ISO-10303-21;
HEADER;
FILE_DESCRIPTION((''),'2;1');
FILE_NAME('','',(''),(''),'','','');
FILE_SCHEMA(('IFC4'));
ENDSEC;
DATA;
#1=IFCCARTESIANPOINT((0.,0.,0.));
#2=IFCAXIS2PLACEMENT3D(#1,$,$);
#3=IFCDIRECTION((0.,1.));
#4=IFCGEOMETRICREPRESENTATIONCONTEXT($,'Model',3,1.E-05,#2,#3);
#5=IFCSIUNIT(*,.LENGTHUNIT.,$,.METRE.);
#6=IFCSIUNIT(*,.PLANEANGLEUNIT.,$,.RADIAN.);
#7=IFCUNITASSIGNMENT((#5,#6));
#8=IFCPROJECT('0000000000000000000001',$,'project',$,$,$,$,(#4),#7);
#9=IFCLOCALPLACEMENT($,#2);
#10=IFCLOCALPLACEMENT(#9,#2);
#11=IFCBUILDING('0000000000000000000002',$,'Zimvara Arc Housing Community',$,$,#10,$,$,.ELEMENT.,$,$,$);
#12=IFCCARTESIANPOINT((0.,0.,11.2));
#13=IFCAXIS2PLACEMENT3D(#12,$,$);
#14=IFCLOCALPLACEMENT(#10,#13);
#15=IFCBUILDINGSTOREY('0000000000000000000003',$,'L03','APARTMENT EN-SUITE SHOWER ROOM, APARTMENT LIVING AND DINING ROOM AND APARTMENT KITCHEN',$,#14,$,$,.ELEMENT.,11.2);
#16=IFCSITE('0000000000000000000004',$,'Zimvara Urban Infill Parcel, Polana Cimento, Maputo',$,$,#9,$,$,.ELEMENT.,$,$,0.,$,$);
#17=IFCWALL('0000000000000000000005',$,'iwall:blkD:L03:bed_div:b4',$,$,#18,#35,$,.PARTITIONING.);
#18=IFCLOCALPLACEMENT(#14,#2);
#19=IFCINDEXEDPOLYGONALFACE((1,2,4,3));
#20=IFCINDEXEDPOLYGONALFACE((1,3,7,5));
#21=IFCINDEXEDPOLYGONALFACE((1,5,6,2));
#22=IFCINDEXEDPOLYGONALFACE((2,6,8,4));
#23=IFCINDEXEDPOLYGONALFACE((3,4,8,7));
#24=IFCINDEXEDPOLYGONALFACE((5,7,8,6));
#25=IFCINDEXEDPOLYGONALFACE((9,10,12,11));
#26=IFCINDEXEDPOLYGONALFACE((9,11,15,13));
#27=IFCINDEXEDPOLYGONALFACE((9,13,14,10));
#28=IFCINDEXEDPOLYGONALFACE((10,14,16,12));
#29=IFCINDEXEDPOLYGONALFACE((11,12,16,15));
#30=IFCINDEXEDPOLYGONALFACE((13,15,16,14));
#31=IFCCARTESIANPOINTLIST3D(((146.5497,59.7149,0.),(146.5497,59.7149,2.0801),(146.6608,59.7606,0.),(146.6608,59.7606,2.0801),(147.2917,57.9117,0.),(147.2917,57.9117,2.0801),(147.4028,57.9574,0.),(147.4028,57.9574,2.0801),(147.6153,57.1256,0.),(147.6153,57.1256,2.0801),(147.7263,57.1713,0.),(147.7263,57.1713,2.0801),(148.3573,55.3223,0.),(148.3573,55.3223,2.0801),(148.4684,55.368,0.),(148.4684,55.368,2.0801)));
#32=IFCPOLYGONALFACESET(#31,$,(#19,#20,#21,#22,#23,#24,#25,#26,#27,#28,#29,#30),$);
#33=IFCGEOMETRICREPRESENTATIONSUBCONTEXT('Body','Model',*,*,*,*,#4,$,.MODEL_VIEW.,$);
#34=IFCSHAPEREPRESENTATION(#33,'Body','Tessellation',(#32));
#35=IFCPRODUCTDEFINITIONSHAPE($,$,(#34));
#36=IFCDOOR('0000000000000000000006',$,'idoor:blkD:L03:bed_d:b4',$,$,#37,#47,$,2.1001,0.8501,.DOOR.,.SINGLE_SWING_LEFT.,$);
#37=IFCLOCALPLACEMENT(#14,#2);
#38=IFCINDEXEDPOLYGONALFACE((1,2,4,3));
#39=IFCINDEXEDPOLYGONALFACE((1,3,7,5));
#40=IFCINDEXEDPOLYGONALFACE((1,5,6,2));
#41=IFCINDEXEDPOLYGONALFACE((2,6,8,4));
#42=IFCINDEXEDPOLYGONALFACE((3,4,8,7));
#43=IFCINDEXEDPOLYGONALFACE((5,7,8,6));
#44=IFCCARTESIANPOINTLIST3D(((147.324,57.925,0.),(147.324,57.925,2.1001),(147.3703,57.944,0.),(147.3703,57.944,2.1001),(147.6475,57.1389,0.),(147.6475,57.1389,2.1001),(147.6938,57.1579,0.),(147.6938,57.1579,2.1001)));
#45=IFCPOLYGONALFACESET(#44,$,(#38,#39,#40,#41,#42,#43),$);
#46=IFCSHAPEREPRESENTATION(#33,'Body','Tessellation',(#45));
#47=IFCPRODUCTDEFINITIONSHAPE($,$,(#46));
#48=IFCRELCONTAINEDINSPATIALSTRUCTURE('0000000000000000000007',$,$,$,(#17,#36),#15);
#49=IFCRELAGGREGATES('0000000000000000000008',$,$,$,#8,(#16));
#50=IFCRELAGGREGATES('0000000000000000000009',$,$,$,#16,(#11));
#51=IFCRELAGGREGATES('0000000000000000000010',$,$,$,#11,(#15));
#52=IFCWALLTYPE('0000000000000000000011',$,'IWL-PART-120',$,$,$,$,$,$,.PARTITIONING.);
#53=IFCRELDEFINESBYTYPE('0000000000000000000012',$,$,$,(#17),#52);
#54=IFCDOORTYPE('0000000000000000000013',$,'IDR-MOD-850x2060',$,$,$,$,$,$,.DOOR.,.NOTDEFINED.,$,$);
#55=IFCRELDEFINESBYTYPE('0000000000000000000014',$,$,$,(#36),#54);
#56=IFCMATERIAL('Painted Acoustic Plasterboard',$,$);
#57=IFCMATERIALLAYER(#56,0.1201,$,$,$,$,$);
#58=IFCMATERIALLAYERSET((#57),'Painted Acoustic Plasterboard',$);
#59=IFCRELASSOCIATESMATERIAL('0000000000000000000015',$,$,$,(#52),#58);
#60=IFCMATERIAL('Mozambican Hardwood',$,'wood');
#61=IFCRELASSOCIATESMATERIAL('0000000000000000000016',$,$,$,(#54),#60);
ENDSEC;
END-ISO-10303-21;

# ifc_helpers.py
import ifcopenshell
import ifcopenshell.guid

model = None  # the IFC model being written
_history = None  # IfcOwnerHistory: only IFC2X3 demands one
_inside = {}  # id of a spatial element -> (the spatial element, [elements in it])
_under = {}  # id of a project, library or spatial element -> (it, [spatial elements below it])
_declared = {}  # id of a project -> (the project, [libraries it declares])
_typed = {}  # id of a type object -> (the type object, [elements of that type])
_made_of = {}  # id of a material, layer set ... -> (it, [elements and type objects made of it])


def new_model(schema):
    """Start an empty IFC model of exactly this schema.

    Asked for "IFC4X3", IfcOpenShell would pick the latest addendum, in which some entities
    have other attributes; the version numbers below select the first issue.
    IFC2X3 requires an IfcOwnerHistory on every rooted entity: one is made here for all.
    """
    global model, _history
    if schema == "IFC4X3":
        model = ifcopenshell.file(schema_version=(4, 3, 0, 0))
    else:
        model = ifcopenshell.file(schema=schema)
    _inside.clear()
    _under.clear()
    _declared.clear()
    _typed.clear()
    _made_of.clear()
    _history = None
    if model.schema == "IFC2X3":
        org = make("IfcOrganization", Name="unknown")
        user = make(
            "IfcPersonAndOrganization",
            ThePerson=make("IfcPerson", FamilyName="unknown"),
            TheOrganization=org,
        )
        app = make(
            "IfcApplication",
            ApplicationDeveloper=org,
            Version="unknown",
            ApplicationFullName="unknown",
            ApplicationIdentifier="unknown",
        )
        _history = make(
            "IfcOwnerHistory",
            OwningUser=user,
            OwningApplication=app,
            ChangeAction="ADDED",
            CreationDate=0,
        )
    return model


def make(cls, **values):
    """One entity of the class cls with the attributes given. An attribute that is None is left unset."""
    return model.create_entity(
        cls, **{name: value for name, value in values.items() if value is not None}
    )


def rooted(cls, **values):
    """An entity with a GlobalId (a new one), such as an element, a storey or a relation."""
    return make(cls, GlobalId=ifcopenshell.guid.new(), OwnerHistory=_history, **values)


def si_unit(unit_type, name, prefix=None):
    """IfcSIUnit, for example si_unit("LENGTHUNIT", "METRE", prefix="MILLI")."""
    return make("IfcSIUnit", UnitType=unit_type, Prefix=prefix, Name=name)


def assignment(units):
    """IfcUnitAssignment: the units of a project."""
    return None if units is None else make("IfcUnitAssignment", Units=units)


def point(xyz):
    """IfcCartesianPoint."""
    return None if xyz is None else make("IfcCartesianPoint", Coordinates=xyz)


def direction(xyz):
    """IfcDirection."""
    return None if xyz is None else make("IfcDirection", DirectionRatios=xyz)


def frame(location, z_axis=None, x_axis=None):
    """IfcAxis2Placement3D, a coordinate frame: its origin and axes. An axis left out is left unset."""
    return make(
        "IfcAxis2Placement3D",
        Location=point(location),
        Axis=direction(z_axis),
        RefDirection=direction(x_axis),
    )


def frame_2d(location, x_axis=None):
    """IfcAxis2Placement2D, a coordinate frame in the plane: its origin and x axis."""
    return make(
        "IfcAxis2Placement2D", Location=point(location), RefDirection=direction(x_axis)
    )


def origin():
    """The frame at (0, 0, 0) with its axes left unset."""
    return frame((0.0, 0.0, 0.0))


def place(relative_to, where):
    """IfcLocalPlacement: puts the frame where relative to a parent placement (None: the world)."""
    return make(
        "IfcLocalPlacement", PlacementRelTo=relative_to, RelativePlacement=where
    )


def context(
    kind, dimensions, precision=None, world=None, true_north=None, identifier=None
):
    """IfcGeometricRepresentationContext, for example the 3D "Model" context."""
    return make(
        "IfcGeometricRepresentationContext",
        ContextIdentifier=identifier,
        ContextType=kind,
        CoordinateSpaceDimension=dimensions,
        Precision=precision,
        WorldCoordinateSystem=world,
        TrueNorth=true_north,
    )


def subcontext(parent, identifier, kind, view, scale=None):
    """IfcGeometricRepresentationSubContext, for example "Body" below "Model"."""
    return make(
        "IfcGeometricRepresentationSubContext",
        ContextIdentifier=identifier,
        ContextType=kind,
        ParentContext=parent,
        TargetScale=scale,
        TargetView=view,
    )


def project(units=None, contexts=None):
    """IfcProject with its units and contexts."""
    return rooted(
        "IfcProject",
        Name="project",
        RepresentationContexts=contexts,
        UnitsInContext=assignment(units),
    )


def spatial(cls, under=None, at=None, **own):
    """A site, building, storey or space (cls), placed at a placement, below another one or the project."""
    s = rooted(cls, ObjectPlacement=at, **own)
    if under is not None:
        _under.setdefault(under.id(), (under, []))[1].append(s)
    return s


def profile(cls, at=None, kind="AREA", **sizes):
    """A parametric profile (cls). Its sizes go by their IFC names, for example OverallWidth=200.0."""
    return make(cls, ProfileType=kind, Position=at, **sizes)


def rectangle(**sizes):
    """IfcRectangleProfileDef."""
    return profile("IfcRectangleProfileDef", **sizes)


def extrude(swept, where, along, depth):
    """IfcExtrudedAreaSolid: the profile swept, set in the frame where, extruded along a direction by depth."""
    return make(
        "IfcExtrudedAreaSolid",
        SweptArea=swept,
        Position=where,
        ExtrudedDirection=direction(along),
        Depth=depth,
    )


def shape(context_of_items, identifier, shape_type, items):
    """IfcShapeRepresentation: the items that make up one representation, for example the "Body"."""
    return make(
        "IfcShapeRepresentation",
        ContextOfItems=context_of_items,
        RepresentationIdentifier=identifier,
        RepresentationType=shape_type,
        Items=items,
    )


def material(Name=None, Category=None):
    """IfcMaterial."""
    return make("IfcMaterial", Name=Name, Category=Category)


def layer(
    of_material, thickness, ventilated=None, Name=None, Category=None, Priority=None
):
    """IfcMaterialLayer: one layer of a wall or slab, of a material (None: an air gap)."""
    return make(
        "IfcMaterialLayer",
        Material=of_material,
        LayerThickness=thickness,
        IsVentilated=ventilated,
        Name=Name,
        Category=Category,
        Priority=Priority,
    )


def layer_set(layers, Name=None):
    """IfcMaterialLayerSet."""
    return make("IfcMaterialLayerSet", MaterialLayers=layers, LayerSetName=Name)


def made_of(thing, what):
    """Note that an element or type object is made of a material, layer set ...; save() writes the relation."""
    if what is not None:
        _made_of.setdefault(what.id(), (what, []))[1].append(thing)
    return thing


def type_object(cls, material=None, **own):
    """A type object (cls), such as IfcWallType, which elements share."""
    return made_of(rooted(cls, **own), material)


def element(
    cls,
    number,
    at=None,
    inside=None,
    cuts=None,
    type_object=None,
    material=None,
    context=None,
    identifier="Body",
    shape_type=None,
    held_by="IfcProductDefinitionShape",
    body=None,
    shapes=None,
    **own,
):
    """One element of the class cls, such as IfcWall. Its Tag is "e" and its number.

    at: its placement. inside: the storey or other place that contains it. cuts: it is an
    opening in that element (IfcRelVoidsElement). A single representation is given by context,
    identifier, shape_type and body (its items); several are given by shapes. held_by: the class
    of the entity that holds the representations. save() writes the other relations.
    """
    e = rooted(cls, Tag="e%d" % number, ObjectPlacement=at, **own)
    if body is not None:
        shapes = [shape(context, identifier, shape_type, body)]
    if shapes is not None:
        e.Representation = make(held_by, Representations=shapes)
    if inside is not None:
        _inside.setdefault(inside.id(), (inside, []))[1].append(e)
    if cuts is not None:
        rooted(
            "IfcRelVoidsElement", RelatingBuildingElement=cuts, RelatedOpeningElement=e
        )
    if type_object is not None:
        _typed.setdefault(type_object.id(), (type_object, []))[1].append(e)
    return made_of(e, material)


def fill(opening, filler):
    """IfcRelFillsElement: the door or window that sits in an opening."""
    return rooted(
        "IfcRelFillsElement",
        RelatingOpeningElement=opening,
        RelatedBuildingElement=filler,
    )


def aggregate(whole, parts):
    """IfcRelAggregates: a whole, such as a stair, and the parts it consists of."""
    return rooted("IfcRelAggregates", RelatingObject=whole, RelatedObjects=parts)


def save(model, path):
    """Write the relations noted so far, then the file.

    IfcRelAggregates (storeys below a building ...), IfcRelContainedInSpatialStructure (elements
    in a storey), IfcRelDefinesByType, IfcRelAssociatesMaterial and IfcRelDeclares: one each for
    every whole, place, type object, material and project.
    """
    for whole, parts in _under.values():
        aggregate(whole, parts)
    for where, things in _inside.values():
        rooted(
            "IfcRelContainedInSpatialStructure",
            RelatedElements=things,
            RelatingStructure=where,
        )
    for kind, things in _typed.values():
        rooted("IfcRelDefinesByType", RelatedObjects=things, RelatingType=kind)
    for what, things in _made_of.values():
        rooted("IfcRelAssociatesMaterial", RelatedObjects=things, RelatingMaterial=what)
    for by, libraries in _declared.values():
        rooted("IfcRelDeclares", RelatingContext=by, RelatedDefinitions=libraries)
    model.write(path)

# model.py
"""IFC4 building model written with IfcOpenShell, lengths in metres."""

from ifc_helpers import new_model, si_unit, direction, frame, frame_2d, origin, place, context, subcontext, project, spatial, rectangle, extrude, material, layer, layer_set, type_object, element, fill, save


model = new_model("IFC4")

# Units and contexts
model_context = context("Model", 3, precision=1e-05, world=origin(), true_north=direction((0.0, 1.0)))
body_context = subcontext(model_context, "Body", "Model", "MODEL_VIEW")
ifc_project = project(units=[si_unit("LENGTHUNIT", "METRE"), si_unit("PLANEANGLEUNIT", "RADIAN")], contexts=[model_context])

# Site, building, storey
site_placement = place(None, origin())
site = spatial("IfcSite", under=ifc_project, at=site_placement, Name="Zimvara Urban Infill Parcel, Polana Cimento, Maputo", CompositionType="ELEMENT", RefElevation=0.0)
building_placement = place(site_placement, origin())
building = spatial("IfcBuilding", under=site, at=building_placement, Name="Zimvara Arc Housing Community", CompositionType="ELEMENT")
storey_placement = place(building_placement, frame((0.0, 0.0, 11.2)))
storey = spatial("IfcBuildingStorey", under=building, at=storey_placement, Name="L03", Description="APARTMENT EN-SUITE SHOWER ROOM, APARTMENT LIVING AND DINING ROOM AND APARTMENT KITCHEN", CompositionType="ELEMENT", Elevation=11.2)

# Wall, opening, door
ifc_material_1 = material(Name="Painted Acoustic Plasterboard")
ifc_layer_1 = layer(ifc_material_1, 0.1201)
ifc_layer_set_1 = layer_set([ifc_layer_1], Name="Painted Acoustic Plasterboard")
wall_type_1 = type_object("IfcWallType", Name="IWL-PART-120", PredefinedType="PARTITIONING", material=ifc_layer_set_1)
wall_1_placement = place(storey_placement, frame((146.6052, 59.7378, 0.0), z_axis=(0.0, 0.0, 1.0), x_axis=(0.380553, -0.924759, 0.0)))
wall_1 = element("IfcWall", 1, at=wall_1_placement, inside=storey, type_object=wall_type_1, Name="iwall:blkD:L03:bed_div:b4", PredefinedType="PARTITIONING", context=body_context, shape_type="SweptSolid", body=[
    extrude(rectangle(XDim=4.75, YDim=0.1201, at=frame_2d((2.375, 0.0))), origin(), (0.0, 0.0, 1.0), 2.0801),
])
opening_placement = place(wall_1_placement, frame((1.95, 0.0, 0.0)))
opening = element("IfcOpeningElement", 2, at=opening_placement, cuts=wall_1, PredefinedType="OPENING", context=body_context, shape_type="SweptSolid", body=[
    extrude(rectangle(XDim=0.8501, YDim=2.1001, at=frame_2d((0.425, 1.05))), frame((0.0, 0.0701, 0.0), z_axis=(0.0, -1.0, 0.0), x_axis=(1.0, 0.0, 0.0)), (0.0, 0.0, 1.0), 0.1401),
])
ifc_material_2 = material(Name="Mozambican Hardwood", Category="wood")
door_type = type_object("IfcDoorType", Name="IDR-MOD-850x2060", OperationType="NOTDEFINED", PredefinedType="DOOR", material=ifc_material_2)
door_placement = place(opening_placement, origin())
door = element("IfcDoor", 3, at=door_placement, inside=storey, type_object=door_type, Name="idoor:blkD:L03:bed_d:b4", OperationType="SINGLE_SWING_LEFT", OverallHeight=2.1001, OverallWidth=0.8501, PredefinedType="DOOR", context=body_context, shape_type="SweptSolid", body=[
    extrude(rectangle(XDim=0.8501, YDim=2.1001, at=frame_2d((0.425, 1.05))), frame((0.0, 0.0249, 0.0), z_axis=(0.0, -1.0, 0.0), x_axis=(1.0, 0.0, 0.0)), (0.0, 0.0, 1.0), 0.05),
])
fill(opening, door)

save(model, "model.ifc")
